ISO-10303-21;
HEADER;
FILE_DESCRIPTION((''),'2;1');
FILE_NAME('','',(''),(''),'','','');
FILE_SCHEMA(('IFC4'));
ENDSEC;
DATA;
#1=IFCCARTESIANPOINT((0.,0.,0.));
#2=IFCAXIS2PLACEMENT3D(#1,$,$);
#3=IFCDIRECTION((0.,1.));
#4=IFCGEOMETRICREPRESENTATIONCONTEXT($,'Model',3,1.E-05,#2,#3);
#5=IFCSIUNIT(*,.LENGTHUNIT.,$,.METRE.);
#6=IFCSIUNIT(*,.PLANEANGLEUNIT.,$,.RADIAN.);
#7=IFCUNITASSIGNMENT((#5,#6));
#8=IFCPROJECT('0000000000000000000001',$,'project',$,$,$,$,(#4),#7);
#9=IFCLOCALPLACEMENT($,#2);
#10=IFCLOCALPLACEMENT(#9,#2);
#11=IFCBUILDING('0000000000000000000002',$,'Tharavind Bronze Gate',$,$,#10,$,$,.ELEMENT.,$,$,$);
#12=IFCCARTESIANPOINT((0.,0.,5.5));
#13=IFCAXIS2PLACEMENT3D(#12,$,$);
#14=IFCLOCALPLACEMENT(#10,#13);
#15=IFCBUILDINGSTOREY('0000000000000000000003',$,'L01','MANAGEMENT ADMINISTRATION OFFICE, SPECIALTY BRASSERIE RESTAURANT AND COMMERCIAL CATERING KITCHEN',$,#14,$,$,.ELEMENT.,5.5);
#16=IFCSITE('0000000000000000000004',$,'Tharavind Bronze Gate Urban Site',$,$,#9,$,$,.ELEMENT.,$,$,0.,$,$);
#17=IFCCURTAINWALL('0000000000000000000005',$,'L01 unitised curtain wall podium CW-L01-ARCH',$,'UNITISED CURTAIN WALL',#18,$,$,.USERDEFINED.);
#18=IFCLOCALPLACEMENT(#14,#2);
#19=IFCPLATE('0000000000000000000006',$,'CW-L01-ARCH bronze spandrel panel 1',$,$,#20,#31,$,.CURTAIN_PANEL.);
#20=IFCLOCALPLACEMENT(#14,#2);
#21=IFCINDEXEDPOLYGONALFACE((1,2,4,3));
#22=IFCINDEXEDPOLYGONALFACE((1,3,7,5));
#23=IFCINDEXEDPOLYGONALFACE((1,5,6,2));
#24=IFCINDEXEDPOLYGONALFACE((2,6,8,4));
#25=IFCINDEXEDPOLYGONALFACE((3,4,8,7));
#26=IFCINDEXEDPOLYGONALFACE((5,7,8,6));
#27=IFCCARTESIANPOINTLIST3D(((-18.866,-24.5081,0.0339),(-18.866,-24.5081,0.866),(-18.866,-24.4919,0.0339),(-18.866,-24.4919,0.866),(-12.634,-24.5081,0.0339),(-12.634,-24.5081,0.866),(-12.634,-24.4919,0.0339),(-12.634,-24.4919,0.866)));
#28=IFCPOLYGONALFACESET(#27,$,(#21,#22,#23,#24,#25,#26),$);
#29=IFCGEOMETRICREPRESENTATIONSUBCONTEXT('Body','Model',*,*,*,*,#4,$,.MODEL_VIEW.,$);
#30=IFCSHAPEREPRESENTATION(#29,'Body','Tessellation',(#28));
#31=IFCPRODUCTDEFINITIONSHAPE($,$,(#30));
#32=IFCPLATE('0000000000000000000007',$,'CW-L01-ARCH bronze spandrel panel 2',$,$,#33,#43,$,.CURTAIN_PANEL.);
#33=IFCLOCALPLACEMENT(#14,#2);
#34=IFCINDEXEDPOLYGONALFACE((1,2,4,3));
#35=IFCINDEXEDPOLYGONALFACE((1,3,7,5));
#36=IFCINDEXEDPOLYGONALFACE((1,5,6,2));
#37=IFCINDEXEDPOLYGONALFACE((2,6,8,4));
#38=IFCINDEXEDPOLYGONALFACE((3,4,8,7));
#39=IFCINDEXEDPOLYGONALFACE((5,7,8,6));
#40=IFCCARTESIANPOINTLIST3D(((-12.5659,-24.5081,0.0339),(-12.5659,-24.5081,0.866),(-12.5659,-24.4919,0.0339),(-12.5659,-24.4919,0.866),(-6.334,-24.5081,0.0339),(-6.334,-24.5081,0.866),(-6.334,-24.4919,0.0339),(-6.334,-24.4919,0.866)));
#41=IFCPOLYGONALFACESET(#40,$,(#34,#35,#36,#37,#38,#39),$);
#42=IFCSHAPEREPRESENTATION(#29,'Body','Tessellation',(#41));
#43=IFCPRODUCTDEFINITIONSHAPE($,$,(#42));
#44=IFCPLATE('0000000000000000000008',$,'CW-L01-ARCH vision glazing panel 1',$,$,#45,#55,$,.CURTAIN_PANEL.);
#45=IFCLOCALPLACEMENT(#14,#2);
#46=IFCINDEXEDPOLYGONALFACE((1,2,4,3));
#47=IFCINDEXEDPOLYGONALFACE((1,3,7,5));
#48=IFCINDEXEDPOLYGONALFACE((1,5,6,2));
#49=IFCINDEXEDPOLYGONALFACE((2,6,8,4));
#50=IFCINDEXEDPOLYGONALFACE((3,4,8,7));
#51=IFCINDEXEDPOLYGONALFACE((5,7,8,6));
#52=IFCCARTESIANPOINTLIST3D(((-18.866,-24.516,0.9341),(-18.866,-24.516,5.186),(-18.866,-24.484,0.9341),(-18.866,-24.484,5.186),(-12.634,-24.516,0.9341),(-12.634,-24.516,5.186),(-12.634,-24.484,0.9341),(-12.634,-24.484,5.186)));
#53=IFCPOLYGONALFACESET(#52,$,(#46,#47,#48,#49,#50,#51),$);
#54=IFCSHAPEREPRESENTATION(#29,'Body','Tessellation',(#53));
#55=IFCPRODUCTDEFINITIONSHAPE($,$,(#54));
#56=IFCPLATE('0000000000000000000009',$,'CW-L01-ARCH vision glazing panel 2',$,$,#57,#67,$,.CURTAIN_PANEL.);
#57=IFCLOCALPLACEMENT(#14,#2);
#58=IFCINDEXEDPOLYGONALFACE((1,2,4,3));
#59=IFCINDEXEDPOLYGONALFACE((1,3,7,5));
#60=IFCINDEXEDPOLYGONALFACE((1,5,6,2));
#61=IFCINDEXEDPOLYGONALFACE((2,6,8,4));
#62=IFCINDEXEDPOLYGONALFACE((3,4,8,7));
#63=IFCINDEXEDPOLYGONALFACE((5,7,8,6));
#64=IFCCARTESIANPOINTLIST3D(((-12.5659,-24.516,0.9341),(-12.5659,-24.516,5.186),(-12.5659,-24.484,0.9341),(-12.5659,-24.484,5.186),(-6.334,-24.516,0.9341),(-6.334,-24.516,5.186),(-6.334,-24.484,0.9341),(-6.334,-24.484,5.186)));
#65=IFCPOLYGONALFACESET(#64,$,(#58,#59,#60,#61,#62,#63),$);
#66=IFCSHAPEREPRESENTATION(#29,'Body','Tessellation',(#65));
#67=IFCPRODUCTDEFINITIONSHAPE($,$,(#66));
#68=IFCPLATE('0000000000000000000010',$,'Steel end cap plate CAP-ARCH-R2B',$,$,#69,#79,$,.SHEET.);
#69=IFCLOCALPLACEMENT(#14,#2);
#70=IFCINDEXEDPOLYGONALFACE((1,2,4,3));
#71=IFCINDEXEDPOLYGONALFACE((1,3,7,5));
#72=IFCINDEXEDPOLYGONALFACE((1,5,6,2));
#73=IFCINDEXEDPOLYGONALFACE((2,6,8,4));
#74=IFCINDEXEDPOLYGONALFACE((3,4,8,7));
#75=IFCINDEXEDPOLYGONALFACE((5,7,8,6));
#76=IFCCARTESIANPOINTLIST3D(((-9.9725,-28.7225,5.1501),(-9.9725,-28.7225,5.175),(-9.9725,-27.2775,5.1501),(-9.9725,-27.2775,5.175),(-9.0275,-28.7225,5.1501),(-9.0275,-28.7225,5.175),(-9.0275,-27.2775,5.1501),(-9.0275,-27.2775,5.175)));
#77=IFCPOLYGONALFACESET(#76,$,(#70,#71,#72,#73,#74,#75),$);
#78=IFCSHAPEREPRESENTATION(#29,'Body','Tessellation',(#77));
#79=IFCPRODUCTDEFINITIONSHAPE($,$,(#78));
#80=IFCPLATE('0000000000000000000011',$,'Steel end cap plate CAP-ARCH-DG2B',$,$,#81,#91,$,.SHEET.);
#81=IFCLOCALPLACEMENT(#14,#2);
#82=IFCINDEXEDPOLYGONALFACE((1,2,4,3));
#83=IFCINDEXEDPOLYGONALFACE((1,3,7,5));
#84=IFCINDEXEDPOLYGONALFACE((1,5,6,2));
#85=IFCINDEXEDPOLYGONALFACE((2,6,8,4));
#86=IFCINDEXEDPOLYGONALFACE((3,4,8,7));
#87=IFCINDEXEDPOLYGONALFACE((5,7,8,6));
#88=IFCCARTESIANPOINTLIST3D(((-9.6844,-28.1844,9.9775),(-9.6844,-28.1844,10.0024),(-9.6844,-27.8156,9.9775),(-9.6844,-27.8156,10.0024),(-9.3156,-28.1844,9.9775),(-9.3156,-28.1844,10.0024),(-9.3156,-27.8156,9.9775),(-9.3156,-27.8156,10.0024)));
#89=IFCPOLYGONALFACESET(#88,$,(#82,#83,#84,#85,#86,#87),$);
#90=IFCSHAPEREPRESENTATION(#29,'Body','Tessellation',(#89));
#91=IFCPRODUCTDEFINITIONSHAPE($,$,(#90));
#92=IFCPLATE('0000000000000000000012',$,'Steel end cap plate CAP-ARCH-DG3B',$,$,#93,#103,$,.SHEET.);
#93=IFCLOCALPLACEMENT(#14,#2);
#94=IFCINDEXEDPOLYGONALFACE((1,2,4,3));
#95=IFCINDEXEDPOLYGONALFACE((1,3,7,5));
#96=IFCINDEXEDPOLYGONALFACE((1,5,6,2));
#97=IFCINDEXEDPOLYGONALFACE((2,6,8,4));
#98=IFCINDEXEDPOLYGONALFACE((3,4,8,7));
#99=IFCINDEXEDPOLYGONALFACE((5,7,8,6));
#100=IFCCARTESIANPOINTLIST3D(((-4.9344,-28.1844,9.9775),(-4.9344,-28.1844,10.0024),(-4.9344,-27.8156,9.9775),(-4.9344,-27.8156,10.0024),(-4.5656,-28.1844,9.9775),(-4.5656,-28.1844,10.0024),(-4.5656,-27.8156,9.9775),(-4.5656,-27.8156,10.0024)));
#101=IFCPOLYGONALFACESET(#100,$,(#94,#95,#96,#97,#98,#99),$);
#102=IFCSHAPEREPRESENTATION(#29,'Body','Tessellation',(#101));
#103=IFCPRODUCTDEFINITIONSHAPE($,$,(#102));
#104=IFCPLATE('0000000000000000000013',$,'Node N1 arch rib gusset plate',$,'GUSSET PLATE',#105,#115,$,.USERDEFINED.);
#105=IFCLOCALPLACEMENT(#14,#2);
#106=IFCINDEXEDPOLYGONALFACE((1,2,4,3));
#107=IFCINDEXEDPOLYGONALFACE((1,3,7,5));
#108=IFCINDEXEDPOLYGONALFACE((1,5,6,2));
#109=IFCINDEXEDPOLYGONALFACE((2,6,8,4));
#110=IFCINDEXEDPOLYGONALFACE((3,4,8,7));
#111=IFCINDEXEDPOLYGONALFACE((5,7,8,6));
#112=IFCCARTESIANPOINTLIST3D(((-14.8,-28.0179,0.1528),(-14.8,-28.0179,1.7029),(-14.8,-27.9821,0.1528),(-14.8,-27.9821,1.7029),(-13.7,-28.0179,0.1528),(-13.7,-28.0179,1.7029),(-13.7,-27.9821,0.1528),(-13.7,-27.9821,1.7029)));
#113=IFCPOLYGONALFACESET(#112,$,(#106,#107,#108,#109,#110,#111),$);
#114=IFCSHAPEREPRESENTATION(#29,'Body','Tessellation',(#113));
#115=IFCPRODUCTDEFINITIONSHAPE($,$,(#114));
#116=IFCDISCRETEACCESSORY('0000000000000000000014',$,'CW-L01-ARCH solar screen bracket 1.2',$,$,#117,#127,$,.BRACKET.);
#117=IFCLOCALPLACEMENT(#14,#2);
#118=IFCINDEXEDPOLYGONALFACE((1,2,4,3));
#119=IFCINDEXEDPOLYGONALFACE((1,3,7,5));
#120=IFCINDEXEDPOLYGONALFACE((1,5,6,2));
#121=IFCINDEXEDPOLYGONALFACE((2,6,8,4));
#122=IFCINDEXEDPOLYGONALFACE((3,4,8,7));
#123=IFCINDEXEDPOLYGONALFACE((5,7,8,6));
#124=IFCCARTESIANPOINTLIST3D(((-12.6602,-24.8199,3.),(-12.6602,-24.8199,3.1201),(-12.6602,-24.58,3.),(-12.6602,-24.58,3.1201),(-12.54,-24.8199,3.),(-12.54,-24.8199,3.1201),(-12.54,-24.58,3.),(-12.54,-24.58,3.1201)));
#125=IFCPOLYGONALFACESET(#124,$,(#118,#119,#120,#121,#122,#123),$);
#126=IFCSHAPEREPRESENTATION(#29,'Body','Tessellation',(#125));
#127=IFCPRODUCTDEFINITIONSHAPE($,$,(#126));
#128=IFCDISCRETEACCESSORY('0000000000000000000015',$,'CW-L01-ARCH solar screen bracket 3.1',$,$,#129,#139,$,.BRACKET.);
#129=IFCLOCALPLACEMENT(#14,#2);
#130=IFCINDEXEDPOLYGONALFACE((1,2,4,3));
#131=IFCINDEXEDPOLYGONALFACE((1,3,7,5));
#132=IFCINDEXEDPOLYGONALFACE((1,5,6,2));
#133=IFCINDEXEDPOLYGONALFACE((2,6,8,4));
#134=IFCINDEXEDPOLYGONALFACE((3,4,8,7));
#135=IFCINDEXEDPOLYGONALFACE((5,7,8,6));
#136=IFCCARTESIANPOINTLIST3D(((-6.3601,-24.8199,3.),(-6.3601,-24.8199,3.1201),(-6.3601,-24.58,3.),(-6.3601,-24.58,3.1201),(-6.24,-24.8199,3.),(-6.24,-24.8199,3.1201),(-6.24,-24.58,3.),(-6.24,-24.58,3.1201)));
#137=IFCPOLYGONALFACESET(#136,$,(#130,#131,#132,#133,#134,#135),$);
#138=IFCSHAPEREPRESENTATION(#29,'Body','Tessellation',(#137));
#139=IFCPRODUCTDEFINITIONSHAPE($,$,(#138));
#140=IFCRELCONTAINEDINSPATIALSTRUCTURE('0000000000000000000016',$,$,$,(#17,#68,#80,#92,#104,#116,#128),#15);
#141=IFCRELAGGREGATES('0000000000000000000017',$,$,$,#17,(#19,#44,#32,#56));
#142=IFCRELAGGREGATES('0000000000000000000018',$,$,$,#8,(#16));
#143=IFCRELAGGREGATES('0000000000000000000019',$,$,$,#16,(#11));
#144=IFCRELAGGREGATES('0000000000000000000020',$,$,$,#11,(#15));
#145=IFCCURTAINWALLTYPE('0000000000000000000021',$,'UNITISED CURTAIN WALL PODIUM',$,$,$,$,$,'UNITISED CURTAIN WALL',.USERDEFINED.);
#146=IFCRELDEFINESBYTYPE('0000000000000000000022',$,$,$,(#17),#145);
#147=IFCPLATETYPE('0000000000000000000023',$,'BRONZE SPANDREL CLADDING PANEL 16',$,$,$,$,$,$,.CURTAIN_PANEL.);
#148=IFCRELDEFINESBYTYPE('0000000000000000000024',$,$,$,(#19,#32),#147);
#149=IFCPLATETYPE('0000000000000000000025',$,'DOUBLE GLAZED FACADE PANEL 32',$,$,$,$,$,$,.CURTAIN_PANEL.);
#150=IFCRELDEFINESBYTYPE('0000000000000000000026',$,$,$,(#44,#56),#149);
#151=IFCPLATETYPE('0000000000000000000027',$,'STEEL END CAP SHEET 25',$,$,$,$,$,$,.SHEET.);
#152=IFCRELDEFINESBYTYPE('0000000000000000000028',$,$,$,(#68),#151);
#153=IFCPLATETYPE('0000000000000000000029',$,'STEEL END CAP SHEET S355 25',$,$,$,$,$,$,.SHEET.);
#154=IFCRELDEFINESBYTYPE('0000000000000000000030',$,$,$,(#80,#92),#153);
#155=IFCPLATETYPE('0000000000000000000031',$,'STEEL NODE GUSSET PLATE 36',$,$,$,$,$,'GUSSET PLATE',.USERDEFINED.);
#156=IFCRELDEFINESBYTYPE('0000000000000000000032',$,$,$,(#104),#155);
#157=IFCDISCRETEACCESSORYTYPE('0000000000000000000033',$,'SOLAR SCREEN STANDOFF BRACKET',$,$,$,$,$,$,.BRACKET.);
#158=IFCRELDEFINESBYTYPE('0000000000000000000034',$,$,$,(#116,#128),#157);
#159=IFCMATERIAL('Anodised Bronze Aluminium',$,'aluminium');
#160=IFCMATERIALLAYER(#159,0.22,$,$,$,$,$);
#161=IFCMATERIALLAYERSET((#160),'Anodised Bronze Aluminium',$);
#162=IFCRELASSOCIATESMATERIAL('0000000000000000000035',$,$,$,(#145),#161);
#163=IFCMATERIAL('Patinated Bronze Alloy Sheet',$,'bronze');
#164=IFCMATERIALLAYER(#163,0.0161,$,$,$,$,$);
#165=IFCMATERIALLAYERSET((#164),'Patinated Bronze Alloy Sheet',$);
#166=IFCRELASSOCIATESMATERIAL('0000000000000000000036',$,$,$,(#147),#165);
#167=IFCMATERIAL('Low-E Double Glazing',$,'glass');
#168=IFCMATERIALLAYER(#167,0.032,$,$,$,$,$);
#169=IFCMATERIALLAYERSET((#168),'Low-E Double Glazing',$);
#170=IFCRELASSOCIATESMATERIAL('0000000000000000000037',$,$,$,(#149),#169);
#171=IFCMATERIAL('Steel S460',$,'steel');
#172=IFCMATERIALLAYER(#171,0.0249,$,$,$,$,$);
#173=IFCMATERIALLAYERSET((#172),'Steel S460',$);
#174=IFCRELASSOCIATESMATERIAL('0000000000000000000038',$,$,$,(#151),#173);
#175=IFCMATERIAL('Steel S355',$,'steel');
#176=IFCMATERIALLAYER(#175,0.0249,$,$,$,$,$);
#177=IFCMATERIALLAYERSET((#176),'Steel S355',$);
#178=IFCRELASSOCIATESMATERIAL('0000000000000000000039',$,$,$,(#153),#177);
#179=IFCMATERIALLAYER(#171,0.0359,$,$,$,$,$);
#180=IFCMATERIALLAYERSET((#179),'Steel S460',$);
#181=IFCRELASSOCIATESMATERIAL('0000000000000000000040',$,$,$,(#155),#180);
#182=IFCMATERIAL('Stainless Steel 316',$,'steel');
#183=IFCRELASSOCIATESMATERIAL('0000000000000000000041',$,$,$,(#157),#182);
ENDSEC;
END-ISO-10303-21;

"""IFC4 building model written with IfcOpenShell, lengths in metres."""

from ifc_helpers import new_model, si_unit, direction, frame, origin, origin_2d, place, context, subcontext, project, spatial, rectangle, extrude, material, layer, layer_set, type_object, element, aggregate, save


model = new_model("IFC4")

# Units and contexts
model_context = context("Model", 3, precision=1e-05, world=origin(), true_north=direction((0.0, 1.0)))
body_context = subcontext(model_context, "Body", "Model", "MODEL_VIEW")
ifc_project = project(units=[si_unit("LENGTHUNIT", "METRE"), si_unit("PLANEANGLEUNIT", "RADIAN")], contexts=[model_context])

# Site, building, storey
site_placement = place(None, origin())
site = spatial("IfcSite", under=ifc_project, at=site_placement, Name="Tharavind Bronze Gate Urban Site", CompositionType="ELEMENT", RefElevation=0.0)
building_placement = place(site_placement, origin())
building = spatial("IfcBuilding", under=site, at=building_placement, Name="Tharavind Bronze Gate", CompositionType="ELEMENT")
storey_placement = place(building_placement, frame((0.0, 0.0, 5.5)))
storey = spatial("IfcBuildingStorey", under=building, at=storey_placement, Name="L01", Description="MANAGEMENT ADMINISTRATION OFFICE, SPECIALTY BRASSERIE RESTAURANT AND COMMERCIAL CATERING KITCHEN", CompositionType="ELEMENT", Elevation=5.5)

# Shared definitions
ifc_material_1 = material(Name="Steel S460", Category="steel")

# Curtain wall
ifc_material_2 = material(Name="Anodised Bronze Aluminium", Category="aluminium")
ifc_layer_1 = layer(ifc_material_2, 0.22)
ifc_layer_set_1 = layer_set([ifc_layer_1], Name="Anodised Bronze Aluminium")
curtain_wall_type = type_object("IfcCurtainWallType", Name="UNITISED CURTAIN WALL PODIUM", ElementType="UNITISED CURTAIN WALL", PredefinedType="USERDEFINED", material=ifc_layer_set_1)
curtain_wall_placement = place(storey_placement, origin())
curtain_wall = element("IfcCurtainWall", 1, at=curtain_wall_placement, inside=storey, type_object=curtain_wall_type, Name="L01 unitised curtain wall podium CW-L01-ARCH", ObjectType="UNITISED CURTAIN WALL", PredefinedType="USERDEFINED")

# Shared definitions
ifc_material_3 = material(Name="Steel S355", Category="steel")

# Plates
ifc_material_4 = material(Name="Patinated Bronze Alloy Sheet", Category="bronze")
ifc_layer_2 = layer(ifc_material_4, 0.0161)
ifc_layer_set_2 = layer_set([ifc_layer_2], Name="Patinated Bronze Alloy Sheet")
plate_type_1 = type_object("IfcPlateType", Name="BRONZE SPANDREL CLADDING PANEL 16", PredefinedType="CURTAIN_PANEL", material=ifc_layer_set_2)
plate_1_placement = place(storey_placement, frame((-15.75, -24.5, 0.0339), z_axis=(0.0, 0.0, 1.0), x_axis=(1.0, 0.0, 0.0)))
plate_1 = element("IfcPlate", 2, at=plate_1_placement, type_object=plate_type_1, Name="CW-L01-ARCH bronze spandrel panel 1", PredefinedType="CURTAIN_PANEL", context=body_context, shape_type="SweptSolid", body=[
    extrude(rectangle(XDim=6.2319, YDim=0.0161, at=origin_2d()), origin(), (0.0, 0.0, 1.0), 0.832),
])
plate_2_placement = place(storey_placement, frame((-9.45, -24.5, 0.0339), z_axis=(0.0, 0.0, 1.0), x_axis=(1.0, 0.0, 0.0)))
plate_2 = element("IfcPlate", 3, at=plate_2_placement, type_object=plate_type_1, Name="CW-L01-ARCH bronze spandrel panel 2", PredefinedType="CURTAIN_PANEL", context=body_context, shape_type="SweptSolid", body=[
    extrude(rectangle(XDim=6.2319, YDim=0.0161, at=origin_2d()), origin(), (0.0, 0.0, 1.0), 0.832),
])
ifc_material_5 = material(Name="Low-E Double Glazing", Category="glass")
ifc_layer_3 = layer(ifc_material_5, 0.032)
ifc_layer_set_3 = layer_set([ifc_layer_3], Name="Low-E Double Glazing")
plate_type_2 = type_object("IfcPlateType", Name="DOUBLE GLAZED FACADE PANEL 32", PredefinedType="CURTAIN_PANEL", material=ifc_layer_set_3)
plate_3_placement = place(storey_placement, frame((-15.75, -24.5, 0.9341), z_axis=(0.0, 0.0, 1.0), x_axis=(1.0, 0.0, 0.0)))
plate_3 = element("IfcPlate", 4, at=plate_3_placement, type_object=plate_type_2, Name="CW-L01-ARCH vision glazing panel 1", PredefinedType="CURTAIN_PANEL", context=body_context, shape_type="SweptSolid", body=[
    extrude(rectangle(XDim=6.2319, YDim=0.032, at=origin_2d()), origin(), (0.0, 0.0, 1.0), 4.252),
])
plate_4_placement = place(storey_placement, frame((-9.45, -24.5, 0.9341), z_axis=(0.0, 0.0, 1.0), x_axis=(1.0, 0.0, 0.0)))
plate_4 = element("IfcPlate", 5, at=plate_4_placement, type_object=plate_type_2, Name="CW-L01-ARCH vision glazing panel 2", PredefinedType="CURTAIN_PANEL", context=body_context, shape_type="SweptSolid", body=[
    extrude(rectangle(XDim=6.2319, YDim=0.032, at=origin_2d()), origin(), (0.0, 0.0, 1.0), 4.252),
])
aggregate(curtain_wall, [plate_1, plate_3, plate_2, plate_4])

# Plates
ifc_layer_4 = layer(ifc_material_1, 0.0249)
ifc_layer_set_4 = layer_set([ifc_layer_4], Name="Steel S460")
plate_type_3 = type_object("IfcPlateType", Name="STEEL END CAP SHEET 25", PredefinedType="SHEET", material=ifc_layer_set_4)
plate_5_placement = place(storey_placement, frame((-9.5, -28.0, 5.1501), z_axis=(0.0, 0.0, 1.0), x_axis=(1.0, 0.0, 0.0)))
element("IfcPlate", 6, at=plate_5_placement, inside=storey, type_object=plate_type_3, Name="Steel end cap plate CAP-ARCH-R2B", PredefinedType="SHEET", context=body_context, shape_type="SweptSolid", body=[
    extrude(rectangle(XDim=0.9451, YDim=1.4451, at=origin_2d()), origin(), (0.0, 0.0, 1.0), 0.0249),
])
ifc_layer_5 = layer(ifc_material_3, 0.0249)
ifc_layer_set_5 = layer_set([ifc_layer_5], Name="Steel S355")
plate_type_4 = type_object("IfcPlateType", Name="STEEL END CAP SHEET S355 25", PredefinedType="SHEET", material=ifc_layer_set_5)
for number, where, z_axis, x_axis, name in (
    (7, (-9.5, -28.0, 9.9775), (0.0, 0.0, 1.0), (1.0, 0.0, 0.0), "Steel end cap plate CAP-ARCH-DG2B"),
    (8, (-4.75, -28.0, 9.9775), (0.0, 0.0, 1.0), (1.0, 0.0, 0.0), "Steel end cap plate CAP-ARCH-DG3B"),
):
    element("IfcPlate", number, at=place(storey_placement, frame(where, z_axis=z_axis, x_axis=x_axis)), inside=storey, type_object=plate_type_4, Name=name, PredefinedType="SHEET", context=body_context, shape_type="SweptSolid", body=[
        extrude(rectangle(XDim=0.3689, YDim=0.3689, at=origin_2d()), origin(), (0.0, 0.0, 1.0), 0.0249),
    ])
ifc_layer_6 = layer(ifc_material_1, 0.0359)
ifc_layer_set_6 = layer_set([ifc_layer_6], Name="Steel S460")
plate_type_5 = type_object("IfcPlateType", Name="STEEL NODE GUSSET PLATE 36", ElementType="GUSSET PLATE", PredefinedType="USERDEFINED", material=ifc_layer_set_6)
plate_6_placement = place(storey_placement, frame((-14.25, -28.0, 0.1528), z_axis=(0.0, 0.0, 1.0), x_axis=(1.0, 0.0, 0.0)))
element("IfcPlate", 9, at=plate_6_placement, inside=storey, type_object=plate_type_5, Name="Node N1 arch rib gusset plate", ObjectType="GUSSET PLATE", PredefinedType="USERDEFINED", context=body_context, shape_type="SweptSolid", body=[
    extrude(rectangle(XDim=1.1001, YDim=0.0359, at=origin_2d()), origin(), (0.0, 0.0, 1.0), 1.55),
])

# Discrete accessories
ifc_material_6 = material(Name="Stainless Steel 316", Category="steel")
discrete_accessory_type = type_object("IfcDiscreteAccessoryType", Name="SOLAR SCREEN STANDOFF BRACKET", PredefinedType="BRACKET", material=ifc_material_6)
for number, where, z_axis, x_axis, name in (
    (10, (-12.6001, -24.7, 3.0), (0.0, 0.0, 1.0), (1.0, 0.0, 0.0), "CW-L01-ARCH solar screen bracket 1.2"),
    (11, (-6.3, -24.7, 3.0), (0.0, 0.0, 1.0), (1.0, 0.0, 0.0), "CW-L01-ARCH solar screen bracket 3.1"),
):
    element("IfcDiscreteAccessory", number, at=place(storey_placement, frame(where, z_axis=z_axis, x_axis=x_axis)), inside=storey, type_object=discrete_accessory_type, Name=name, PredefinedType="BRACKET", context=body_context, shape_type="SweptSolid", body=[
        extrude(rectangle(XDim=0.1201, YDim=0.24, at=origin_2d()), origin(), (0.0, 0.0, 1.0), 0.1201),
    ])

save(model, "model.ifc")
